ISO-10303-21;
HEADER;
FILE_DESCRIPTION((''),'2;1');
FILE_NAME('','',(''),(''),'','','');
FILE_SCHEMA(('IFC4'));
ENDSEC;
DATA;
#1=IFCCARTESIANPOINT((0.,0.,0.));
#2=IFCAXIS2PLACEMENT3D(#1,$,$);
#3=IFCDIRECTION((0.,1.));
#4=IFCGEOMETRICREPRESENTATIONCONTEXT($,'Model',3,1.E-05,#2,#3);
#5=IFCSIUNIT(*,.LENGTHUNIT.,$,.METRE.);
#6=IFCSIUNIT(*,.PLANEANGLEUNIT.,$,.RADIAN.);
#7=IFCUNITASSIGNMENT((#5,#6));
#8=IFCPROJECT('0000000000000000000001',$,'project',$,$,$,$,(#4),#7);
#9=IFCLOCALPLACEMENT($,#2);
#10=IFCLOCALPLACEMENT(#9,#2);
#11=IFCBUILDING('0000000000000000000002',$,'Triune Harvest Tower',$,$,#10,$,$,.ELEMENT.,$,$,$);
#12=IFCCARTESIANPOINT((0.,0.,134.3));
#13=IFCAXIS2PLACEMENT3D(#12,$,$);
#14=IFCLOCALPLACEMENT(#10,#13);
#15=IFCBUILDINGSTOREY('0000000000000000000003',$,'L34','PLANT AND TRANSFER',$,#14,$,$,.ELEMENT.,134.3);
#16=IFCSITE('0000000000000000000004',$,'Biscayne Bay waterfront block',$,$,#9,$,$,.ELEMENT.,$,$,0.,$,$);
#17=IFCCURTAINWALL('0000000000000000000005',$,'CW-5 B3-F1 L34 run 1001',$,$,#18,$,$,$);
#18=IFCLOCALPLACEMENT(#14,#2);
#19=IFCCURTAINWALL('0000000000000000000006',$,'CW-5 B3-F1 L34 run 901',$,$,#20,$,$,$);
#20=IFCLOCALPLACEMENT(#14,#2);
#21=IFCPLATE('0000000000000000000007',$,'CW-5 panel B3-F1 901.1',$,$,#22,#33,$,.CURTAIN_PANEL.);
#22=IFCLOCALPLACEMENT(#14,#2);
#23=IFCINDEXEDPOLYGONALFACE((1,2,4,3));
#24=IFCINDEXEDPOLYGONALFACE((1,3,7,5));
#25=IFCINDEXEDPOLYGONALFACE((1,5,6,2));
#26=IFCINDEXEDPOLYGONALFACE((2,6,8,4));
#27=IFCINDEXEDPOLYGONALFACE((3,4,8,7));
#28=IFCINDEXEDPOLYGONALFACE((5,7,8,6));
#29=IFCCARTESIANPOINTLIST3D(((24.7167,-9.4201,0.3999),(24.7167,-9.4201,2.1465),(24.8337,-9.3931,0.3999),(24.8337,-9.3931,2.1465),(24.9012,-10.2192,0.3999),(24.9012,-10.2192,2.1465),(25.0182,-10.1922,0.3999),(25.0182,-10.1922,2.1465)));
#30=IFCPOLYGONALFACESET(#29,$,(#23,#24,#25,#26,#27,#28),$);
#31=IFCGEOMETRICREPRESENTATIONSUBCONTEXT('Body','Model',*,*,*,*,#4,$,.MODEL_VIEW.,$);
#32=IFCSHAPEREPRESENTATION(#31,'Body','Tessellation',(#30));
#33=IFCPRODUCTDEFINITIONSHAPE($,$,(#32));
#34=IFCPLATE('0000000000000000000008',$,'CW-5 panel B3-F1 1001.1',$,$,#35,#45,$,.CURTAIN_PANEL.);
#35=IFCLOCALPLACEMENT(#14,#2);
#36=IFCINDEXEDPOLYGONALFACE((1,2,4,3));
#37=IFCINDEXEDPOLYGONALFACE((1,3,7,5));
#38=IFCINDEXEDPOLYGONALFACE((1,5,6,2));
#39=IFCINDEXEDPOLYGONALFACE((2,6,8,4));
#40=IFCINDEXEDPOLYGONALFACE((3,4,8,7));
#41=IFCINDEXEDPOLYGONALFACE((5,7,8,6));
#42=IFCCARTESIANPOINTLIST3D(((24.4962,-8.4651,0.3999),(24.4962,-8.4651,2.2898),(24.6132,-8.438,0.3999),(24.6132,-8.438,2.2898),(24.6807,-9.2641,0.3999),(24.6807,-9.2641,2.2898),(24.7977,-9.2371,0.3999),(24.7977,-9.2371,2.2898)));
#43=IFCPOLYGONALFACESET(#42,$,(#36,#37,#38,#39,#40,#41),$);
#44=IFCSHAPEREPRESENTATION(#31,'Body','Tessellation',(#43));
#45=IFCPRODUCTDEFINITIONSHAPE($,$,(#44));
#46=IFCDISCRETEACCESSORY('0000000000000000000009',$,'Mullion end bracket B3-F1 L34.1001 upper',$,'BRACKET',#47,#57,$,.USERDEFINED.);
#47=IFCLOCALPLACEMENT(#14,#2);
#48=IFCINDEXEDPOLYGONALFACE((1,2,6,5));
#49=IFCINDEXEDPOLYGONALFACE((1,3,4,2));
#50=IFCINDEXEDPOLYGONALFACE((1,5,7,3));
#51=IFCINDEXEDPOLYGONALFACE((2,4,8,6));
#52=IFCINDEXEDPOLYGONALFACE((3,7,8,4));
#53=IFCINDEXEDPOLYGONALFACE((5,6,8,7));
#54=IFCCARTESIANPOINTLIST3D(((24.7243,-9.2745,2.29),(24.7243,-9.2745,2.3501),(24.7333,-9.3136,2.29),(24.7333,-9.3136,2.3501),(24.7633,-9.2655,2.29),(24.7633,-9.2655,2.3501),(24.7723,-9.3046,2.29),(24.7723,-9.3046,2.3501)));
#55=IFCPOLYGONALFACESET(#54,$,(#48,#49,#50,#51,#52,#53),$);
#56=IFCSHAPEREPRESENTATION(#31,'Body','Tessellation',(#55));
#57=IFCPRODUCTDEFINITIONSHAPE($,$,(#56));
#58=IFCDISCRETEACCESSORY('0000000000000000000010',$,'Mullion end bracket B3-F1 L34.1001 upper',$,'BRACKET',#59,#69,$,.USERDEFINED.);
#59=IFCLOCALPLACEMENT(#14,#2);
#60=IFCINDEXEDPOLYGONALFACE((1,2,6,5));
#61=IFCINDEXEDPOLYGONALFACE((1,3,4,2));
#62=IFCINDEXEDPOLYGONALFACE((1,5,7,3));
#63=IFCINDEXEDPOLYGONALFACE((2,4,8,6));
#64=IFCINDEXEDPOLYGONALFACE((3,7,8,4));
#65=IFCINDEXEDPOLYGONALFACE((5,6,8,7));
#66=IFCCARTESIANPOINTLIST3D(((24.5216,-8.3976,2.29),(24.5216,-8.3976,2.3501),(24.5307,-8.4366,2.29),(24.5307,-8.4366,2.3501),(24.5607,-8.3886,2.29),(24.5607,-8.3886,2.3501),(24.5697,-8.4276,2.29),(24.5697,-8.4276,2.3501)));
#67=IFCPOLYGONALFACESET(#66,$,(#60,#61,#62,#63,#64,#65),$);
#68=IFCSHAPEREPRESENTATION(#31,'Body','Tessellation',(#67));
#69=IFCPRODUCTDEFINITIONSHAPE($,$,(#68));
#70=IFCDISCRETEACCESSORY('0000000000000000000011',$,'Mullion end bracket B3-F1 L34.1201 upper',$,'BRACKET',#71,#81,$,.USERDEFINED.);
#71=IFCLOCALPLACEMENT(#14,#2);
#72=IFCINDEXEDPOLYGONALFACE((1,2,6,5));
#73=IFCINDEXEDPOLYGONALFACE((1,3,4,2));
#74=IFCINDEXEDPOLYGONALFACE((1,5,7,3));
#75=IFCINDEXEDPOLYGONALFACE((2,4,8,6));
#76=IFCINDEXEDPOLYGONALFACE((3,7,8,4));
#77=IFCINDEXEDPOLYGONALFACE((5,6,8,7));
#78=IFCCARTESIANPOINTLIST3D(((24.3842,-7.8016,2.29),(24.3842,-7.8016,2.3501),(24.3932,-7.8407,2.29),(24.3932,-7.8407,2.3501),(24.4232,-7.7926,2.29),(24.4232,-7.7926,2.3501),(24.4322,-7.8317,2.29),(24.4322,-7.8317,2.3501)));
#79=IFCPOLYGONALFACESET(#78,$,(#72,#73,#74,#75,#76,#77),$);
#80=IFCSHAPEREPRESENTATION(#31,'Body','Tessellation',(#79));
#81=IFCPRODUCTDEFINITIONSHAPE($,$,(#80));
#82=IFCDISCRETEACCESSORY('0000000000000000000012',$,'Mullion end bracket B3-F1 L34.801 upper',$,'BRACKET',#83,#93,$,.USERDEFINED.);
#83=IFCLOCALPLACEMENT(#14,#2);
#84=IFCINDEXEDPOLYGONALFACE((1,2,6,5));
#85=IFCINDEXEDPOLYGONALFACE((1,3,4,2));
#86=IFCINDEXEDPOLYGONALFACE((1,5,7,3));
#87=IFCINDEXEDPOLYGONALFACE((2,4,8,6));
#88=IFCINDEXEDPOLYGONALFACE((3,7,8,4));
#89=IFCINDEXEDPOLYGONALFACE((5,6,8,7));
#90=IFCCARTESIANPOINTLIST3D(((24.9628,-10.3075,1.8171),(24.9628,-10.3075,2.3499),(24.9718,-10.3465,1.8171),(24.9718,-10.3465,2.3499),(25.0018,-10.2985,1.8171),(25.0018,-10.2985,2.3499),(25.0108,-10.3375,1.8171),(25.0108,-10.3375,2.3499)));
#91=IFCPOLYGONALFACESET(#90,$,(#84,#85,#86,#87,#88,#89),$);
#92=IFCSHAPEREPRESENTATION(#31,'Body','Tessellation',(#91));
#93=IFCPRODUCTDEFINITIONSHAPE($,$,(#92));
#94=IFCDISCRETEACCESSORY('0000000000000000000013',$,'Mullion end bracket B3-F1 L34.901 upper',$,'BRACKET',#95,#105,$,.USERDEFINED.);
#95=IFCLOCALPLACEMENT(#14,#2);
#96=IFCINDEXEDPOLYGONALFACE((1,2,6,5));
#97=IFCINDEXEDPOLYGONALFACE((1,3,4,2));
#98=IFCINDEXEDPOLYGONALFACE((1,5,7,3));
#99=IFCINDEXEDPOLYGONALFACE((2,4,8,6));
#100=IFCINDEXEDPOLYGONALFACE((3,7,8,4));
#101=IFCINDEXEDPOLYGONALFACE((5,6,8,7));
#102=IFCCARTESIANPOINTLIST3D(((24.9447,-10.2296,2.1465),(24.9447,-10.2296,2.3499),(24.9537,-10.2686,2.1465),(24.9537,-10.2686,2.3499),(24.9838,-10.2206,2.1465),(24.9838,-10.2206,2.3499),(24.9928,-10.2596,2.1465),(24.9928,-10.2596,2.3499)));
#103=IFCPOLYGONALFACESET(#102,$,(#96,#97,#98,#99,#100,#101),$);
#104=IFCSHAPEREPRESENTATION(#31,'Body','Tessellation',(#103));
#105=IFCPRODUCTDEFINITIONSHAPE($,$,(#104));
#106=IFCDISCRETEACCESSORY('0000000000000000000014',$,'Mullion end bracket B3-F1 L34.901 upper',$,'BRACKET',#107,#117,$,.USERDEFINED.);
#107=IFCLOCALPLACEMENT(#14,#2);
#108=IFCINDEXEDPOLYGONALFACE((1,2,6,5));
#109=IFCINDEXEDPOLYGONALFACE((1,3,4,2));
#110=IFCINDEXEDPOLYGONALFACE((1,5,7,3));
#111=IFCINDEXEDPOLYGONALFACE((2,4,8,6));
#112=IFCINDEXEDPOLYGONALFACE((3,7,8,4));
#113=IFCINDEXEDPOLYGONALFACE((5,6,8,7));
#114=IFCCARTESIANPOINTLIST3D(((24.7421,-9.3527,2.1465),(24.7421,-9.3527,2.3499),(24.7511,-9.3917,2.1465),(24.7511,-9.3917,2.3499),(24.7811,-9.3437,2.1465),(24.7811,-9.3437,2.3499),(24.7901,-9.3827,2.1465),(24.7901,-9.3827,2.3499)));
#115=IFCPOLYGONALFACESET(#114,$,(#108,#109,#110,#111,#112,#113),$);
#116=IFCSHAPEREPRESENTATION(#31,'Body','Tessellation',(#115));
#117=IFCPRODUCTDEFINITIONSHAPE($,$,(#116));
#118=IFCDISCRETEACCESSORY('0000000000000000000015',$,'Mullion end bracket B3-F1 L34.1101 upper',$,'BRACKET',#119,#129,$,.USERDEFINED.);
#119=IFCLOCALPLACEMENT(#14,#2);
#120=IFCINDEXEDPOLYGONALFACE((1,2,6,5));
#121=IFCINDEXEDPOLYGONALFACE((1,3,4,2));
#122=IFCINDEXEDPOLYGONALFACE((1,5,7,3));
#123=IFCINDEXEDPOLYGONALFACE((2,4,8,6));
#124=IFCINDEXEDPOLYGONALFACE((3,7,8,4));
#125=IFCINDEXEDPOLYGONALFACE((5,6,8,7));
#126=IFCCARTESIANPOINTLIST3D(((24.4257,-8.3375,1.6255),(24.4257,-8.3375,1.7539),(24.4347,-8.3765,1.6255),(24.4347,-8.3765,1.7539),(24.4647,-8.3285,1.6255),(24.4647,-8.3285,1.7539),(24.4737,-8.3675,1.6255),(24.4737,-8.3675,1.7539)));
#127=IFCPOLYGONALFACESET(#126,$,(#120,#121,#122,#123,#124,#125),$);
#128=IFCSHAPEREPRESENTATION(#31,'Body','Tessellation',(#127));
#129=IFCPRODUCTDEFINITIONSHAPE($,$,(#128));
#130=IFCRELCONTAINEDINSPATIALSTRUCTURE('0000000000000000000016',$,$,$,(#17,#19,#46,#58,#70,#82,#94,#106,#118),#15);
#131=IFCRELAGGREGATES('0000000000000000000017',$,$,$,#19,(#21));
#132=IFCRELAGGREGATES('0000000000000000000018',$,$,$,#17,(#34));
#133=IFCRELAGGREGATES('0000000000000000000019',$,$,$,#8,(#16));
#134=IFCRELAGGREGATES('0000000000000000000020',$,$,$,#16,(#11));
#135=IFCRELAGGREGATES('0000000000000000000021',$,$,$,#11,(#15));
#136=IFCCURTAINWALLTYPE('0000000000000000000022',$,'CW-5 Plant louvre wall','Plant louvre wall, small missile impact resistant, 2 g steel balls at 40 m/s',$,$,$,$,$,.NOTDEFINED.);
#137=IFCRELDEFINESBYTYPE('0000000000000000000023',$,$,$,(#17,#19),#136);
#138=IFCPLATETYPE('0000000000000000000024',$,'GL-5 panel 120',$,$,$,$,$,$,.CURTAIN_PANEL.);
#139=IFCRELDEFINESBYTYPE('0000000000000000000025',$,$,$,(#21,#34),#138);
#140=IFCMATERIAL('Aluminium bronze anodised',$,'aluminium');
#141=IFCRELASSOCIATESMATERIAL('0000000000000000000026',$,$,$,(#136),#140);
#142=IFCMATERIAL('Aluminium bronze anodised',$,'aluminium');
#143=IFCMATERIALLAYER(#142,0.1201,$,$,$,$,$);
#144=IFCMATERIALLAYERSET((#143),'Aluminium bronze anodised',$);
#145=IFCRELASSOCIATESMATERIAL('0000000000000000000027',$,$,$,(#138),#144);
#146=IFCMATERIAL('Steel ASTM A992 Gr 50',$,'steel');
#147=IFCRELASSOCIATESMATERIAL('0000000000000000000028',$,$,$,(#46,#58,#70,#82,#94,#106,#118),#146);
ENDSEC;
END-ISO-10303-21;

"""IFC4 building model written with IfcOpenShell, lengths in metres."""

from ifc_helpers import new_model, si_unit, direction, frame, origin, origin_2d, place, context, subcontext, project, spatial, rectangle, extrude, source, transform, mapped, material, layer, layer_set, type_object, element, aggregate, save


model = new_model("IFC4")

# Units and contexts
model_context = context("Model", 3, precision=1e-05, world=origin(), true_north=direction((0.0, 1.0)))
body_context = subcontext(model_context, "Body", "Model", "MODEL_VIEW")
ifc_project = project(units=[si_unit("LENGTHUNIT", "METRE"), si_unit("PLANEANGLEUNIT", "RADIAN")], contexts=[model_context])

# Site, building, storey
site_placement = place(None, origin())
site = spatial("IfcSite", under=ifc_project, at=site_placement, Name="Biscayne Bay waterfront block", CompositionType="ELEMENT", RefElevation=0.0)
building_placement = place(site_placement, origin())
building = spatial("IfcBuilding", under=site, at=building_placement, Name="Triune Harvest Tower", CompositionType="ELEMENT")
storey_placement = place(building_placement, frame((0.0, 0.0, 134.3)))
storey = spatial("IfcBuildingStorey", under=building, at=storey_placement, Name="L34", Description="PLANT AND TRANSFER", CompositionType="ELEMENT", Elevation=134.3)

# Shared definitions
ifc_material_1 = material(Name="Aluminium bronze anodised", Category="aluminium")
curtain_wall_type = type_object("IfcCurtainWallType", Name="CW-5 Plant louvre wall", Description="Plant louvre wall, small missile impact resistant, 2 g steel balls at 40 m/s", PredefinedType="NOTDEFINED", material=ifc_material_1)

# Curtain wall
curtain_wall_1_placement = place(storey_placement, origin())
curtain_wall_1 = element("IfcCurtainWall", 1, at=curtain_wall_1_placement, inside=storey, type_object=curtain_wall_type, Name="CW-5 B3-F1 L34 run 1001")

# Curtain wall
curtain_wall_2_placement = place(storey_placement, origin())
curtain_wall_2 = element("IfcCurtainWall", 2, at=curtain_wall_2_placement, inside=storey, type_object=curtain_wall_type, Name="CW-5 B3-F1 L34 run 901")

# Plates
ifc_material_2 = material(Name="Aluminium bronze anodised", Category="aluminium")
ifc_layer = layer(ifc_material_2, 0.1201)
ifc_layer_set = layer_set([ifc_layer], Name="Aluminium bronze anodised")
plate_type = type_object("IfcPlateType", Name="GL-5 panel 120", PredefinedType="CURTAIN_PANEL", material=ifc_layer_set)
shared_shape_1 = source(origin(), body_context, "Body", "SweptSolid", [
    extrude(rectangle(XDim=0.8201, YDim=0.1201, at=origin_2d()), origin(), (0.0, 0.0, 1.0), 1.7466),
])
plate_1_placement = place(storey_placement, frame((24.8674, -9.8062, 0.3999), z_axis=(0.0, 0.0, 1.0), x_axis=(-0.224971, 0.974365, 0.0)))
plate_1 = element("IfcPlate", 3, at=plate_1_placement, type_object=plate_type, Name="CW-5 panel B3-F1 901.1", PredefinedType="CURTAIN_PANEL", context=body_context, shape_type="MappedRepresentation", body=[
    mapped(shared_shape_1, transform((0.0, 0.0, 0.0), scale=1.0)),
])
aggregate(curtain_wall_2, [plate_1])
shared_shape_2 = source(origin(), body_context, "Body", "SweptSolid", [
    extrude(rectangle(XDim=0.8201, YDim=0.1201, at=origin_2d()), origin(), (0.0, 0.0, 1.0), 1.8899),
])
plate_2_placement = place(storey_placement, frame((24.647, -8.8511, 0.3999), z_axis=(0.0, 0.0, 1.0), x_axis=(-0.224971, 0.974365, 0.0)))
plate_2 = element("IfcPlate", 4, at=plate_2_placement, type_object=plate_type, Name="CW-5 panel B3-F1 1001.1", PredefinedType="CURTAIN_PANEL", context=body_context, shape_type="MappedRepresentation", body=[
    mapped(shared_shape_2, transform((0.0, 0.0, 0.0), scale=1.0)),
])
aggregate(curtain_wall_1, [plate_2])

# Discrete accessories
ifc_material_3 = material(Name="Steel ASTM A992 Gr 50", Category="steel")
shared_shape_3 = source(origin(), body_context, "Body", "SweptSolid", [
    extrude(rectangle(XDim=0.04, YDim=0.04, at=origin_2d()), origin(), (0.0, 0.0, 1.0), 0.0601),
])
for number, where, z_axis, x_axis, name in (
    (5, (24.7483, -9.2896, 2.29), (0.0, 0.0, 1.0), (-0.224971, 0.974365, 0.0), "Mullion end bracket B3-F1 L34.1001 upper"),
    (6, (24.5457, -8.4126, 2.29), (0.0, 0.0, 1.0), (-0.224971, 0.974365, 0.0), "Mullion end bracket B3-F1 L34.1001 upper"),
    (7, (24.4082, -7.8167, 2.29), (0.0, 0.0, 1.0), (-0.22496, 0.974368, 0.0), "Mullion end bracket B3-F1 L34.1201 upper"),
):
    element("IfcDiscreteAccessory", number, at=place(storey_placement, frame(where, z_axis=z_axis, x_axis=x_axis)), inside=storey, material=ifc_material_3, Name=name, ObjectType="BRACKET", PredefinedType="USERDEFINED", context=body_context, shape_type="MappedRepresentation", body=[
        mapped(shared_shape_3, transform((0.0, 0.0, 0.0), scale=1.0)),
    ])
shared_shape_4 = source(origin(), body_context, "Body", "SweptSolid", [
    extrude(rectangle(XDim=0.04, YDim=0.04, at=origin_2d()), origin(), (0.0, 0.0, 1.0), 0.5327),
])
discrete_accessory_1_placement = place(storey_placement, frame((24.9868, -10.3225, 1.8171), z_axis=(0.0, 0.0, 1.0), x_axis=(-0.225004, 0.974358, 0.0)))
element("IfcDiscreteAccessory", 8, at=discrete_accessory_1_placement, inside=storey, material=ifc_material_3, Name="Mullion end bracket B3-F1 L34.801 upper", ObjectType="BRACKET", PredefinedType="USERDEFINED", context=body_context, shape_type="MappedRepresentation", body=[
    mapped(shared_shape_4, transform((0.0, 0.0, 0.0), scale=1.0)),
])
shared_shape_5 = source(origin(), body_context, "Body", "SweptSolid", [
    extrude(rectangle(XDim=0.04, YDim=0.04, at=origin_2d()), origin(), (0.0, 0.0, 1.0), 0.2034),
])
for number, where, z_axis, x_axis, name in (
    (9, (24.9688, -10.2446, 2.1465), (0.0, 0.0, 1.0), (-0.224971, 0.974365, 0.0), "Mullion end bracket B3-F1 L34.901 upper"),
    (10, (24.7661, -9.3677, 2.1465), (0.0, 0.0, 1.0), (-0.224971, 0.974365, 0.0), "Mullion end bracket B3-F1 L34.901 upper"),
):
    element("IfcDiscreteAccessory", number, at=place(storey_placement, frame(where, z_axis=z_axis, x_axis=x_axis)), inside=storey, material=ifc_material_3, Name=name, ObjectType="BRACKET", PredefinedType="USERDEFINED", context=body_context, shape_type="MappedRepresentation", body=[
        mapped(shared_shape_5, transform((0.0, 0.0, 0.0), scale=1.0)),
    ])
discrete_accessory_2_placement = place(storey_placement, frame((24.4497, -8.3525, 1.6255), z_axis=(0.0, 0.0, 1.0), x_axis=(-0.224832, 0.974398, 0.0)))
element("IfcDiscreteAccessory", 11, at=discrete_accessory_2_placement, inside=storey, material=ifc_material_3, Name="Mullion end bracket B3-F1 L34.1101 upper", ObjectType="BRACKET", PredefinedType="USERDEFINED", context=body_context, shape_type="SweptSolid", body=[
    extrude(rectangle(XDim=0.04, YDim=0.04, at=origin_2d()), origin(), (0.0, 0.0, 1.0), 0.1284),
])

save(model, "model.ifc")
